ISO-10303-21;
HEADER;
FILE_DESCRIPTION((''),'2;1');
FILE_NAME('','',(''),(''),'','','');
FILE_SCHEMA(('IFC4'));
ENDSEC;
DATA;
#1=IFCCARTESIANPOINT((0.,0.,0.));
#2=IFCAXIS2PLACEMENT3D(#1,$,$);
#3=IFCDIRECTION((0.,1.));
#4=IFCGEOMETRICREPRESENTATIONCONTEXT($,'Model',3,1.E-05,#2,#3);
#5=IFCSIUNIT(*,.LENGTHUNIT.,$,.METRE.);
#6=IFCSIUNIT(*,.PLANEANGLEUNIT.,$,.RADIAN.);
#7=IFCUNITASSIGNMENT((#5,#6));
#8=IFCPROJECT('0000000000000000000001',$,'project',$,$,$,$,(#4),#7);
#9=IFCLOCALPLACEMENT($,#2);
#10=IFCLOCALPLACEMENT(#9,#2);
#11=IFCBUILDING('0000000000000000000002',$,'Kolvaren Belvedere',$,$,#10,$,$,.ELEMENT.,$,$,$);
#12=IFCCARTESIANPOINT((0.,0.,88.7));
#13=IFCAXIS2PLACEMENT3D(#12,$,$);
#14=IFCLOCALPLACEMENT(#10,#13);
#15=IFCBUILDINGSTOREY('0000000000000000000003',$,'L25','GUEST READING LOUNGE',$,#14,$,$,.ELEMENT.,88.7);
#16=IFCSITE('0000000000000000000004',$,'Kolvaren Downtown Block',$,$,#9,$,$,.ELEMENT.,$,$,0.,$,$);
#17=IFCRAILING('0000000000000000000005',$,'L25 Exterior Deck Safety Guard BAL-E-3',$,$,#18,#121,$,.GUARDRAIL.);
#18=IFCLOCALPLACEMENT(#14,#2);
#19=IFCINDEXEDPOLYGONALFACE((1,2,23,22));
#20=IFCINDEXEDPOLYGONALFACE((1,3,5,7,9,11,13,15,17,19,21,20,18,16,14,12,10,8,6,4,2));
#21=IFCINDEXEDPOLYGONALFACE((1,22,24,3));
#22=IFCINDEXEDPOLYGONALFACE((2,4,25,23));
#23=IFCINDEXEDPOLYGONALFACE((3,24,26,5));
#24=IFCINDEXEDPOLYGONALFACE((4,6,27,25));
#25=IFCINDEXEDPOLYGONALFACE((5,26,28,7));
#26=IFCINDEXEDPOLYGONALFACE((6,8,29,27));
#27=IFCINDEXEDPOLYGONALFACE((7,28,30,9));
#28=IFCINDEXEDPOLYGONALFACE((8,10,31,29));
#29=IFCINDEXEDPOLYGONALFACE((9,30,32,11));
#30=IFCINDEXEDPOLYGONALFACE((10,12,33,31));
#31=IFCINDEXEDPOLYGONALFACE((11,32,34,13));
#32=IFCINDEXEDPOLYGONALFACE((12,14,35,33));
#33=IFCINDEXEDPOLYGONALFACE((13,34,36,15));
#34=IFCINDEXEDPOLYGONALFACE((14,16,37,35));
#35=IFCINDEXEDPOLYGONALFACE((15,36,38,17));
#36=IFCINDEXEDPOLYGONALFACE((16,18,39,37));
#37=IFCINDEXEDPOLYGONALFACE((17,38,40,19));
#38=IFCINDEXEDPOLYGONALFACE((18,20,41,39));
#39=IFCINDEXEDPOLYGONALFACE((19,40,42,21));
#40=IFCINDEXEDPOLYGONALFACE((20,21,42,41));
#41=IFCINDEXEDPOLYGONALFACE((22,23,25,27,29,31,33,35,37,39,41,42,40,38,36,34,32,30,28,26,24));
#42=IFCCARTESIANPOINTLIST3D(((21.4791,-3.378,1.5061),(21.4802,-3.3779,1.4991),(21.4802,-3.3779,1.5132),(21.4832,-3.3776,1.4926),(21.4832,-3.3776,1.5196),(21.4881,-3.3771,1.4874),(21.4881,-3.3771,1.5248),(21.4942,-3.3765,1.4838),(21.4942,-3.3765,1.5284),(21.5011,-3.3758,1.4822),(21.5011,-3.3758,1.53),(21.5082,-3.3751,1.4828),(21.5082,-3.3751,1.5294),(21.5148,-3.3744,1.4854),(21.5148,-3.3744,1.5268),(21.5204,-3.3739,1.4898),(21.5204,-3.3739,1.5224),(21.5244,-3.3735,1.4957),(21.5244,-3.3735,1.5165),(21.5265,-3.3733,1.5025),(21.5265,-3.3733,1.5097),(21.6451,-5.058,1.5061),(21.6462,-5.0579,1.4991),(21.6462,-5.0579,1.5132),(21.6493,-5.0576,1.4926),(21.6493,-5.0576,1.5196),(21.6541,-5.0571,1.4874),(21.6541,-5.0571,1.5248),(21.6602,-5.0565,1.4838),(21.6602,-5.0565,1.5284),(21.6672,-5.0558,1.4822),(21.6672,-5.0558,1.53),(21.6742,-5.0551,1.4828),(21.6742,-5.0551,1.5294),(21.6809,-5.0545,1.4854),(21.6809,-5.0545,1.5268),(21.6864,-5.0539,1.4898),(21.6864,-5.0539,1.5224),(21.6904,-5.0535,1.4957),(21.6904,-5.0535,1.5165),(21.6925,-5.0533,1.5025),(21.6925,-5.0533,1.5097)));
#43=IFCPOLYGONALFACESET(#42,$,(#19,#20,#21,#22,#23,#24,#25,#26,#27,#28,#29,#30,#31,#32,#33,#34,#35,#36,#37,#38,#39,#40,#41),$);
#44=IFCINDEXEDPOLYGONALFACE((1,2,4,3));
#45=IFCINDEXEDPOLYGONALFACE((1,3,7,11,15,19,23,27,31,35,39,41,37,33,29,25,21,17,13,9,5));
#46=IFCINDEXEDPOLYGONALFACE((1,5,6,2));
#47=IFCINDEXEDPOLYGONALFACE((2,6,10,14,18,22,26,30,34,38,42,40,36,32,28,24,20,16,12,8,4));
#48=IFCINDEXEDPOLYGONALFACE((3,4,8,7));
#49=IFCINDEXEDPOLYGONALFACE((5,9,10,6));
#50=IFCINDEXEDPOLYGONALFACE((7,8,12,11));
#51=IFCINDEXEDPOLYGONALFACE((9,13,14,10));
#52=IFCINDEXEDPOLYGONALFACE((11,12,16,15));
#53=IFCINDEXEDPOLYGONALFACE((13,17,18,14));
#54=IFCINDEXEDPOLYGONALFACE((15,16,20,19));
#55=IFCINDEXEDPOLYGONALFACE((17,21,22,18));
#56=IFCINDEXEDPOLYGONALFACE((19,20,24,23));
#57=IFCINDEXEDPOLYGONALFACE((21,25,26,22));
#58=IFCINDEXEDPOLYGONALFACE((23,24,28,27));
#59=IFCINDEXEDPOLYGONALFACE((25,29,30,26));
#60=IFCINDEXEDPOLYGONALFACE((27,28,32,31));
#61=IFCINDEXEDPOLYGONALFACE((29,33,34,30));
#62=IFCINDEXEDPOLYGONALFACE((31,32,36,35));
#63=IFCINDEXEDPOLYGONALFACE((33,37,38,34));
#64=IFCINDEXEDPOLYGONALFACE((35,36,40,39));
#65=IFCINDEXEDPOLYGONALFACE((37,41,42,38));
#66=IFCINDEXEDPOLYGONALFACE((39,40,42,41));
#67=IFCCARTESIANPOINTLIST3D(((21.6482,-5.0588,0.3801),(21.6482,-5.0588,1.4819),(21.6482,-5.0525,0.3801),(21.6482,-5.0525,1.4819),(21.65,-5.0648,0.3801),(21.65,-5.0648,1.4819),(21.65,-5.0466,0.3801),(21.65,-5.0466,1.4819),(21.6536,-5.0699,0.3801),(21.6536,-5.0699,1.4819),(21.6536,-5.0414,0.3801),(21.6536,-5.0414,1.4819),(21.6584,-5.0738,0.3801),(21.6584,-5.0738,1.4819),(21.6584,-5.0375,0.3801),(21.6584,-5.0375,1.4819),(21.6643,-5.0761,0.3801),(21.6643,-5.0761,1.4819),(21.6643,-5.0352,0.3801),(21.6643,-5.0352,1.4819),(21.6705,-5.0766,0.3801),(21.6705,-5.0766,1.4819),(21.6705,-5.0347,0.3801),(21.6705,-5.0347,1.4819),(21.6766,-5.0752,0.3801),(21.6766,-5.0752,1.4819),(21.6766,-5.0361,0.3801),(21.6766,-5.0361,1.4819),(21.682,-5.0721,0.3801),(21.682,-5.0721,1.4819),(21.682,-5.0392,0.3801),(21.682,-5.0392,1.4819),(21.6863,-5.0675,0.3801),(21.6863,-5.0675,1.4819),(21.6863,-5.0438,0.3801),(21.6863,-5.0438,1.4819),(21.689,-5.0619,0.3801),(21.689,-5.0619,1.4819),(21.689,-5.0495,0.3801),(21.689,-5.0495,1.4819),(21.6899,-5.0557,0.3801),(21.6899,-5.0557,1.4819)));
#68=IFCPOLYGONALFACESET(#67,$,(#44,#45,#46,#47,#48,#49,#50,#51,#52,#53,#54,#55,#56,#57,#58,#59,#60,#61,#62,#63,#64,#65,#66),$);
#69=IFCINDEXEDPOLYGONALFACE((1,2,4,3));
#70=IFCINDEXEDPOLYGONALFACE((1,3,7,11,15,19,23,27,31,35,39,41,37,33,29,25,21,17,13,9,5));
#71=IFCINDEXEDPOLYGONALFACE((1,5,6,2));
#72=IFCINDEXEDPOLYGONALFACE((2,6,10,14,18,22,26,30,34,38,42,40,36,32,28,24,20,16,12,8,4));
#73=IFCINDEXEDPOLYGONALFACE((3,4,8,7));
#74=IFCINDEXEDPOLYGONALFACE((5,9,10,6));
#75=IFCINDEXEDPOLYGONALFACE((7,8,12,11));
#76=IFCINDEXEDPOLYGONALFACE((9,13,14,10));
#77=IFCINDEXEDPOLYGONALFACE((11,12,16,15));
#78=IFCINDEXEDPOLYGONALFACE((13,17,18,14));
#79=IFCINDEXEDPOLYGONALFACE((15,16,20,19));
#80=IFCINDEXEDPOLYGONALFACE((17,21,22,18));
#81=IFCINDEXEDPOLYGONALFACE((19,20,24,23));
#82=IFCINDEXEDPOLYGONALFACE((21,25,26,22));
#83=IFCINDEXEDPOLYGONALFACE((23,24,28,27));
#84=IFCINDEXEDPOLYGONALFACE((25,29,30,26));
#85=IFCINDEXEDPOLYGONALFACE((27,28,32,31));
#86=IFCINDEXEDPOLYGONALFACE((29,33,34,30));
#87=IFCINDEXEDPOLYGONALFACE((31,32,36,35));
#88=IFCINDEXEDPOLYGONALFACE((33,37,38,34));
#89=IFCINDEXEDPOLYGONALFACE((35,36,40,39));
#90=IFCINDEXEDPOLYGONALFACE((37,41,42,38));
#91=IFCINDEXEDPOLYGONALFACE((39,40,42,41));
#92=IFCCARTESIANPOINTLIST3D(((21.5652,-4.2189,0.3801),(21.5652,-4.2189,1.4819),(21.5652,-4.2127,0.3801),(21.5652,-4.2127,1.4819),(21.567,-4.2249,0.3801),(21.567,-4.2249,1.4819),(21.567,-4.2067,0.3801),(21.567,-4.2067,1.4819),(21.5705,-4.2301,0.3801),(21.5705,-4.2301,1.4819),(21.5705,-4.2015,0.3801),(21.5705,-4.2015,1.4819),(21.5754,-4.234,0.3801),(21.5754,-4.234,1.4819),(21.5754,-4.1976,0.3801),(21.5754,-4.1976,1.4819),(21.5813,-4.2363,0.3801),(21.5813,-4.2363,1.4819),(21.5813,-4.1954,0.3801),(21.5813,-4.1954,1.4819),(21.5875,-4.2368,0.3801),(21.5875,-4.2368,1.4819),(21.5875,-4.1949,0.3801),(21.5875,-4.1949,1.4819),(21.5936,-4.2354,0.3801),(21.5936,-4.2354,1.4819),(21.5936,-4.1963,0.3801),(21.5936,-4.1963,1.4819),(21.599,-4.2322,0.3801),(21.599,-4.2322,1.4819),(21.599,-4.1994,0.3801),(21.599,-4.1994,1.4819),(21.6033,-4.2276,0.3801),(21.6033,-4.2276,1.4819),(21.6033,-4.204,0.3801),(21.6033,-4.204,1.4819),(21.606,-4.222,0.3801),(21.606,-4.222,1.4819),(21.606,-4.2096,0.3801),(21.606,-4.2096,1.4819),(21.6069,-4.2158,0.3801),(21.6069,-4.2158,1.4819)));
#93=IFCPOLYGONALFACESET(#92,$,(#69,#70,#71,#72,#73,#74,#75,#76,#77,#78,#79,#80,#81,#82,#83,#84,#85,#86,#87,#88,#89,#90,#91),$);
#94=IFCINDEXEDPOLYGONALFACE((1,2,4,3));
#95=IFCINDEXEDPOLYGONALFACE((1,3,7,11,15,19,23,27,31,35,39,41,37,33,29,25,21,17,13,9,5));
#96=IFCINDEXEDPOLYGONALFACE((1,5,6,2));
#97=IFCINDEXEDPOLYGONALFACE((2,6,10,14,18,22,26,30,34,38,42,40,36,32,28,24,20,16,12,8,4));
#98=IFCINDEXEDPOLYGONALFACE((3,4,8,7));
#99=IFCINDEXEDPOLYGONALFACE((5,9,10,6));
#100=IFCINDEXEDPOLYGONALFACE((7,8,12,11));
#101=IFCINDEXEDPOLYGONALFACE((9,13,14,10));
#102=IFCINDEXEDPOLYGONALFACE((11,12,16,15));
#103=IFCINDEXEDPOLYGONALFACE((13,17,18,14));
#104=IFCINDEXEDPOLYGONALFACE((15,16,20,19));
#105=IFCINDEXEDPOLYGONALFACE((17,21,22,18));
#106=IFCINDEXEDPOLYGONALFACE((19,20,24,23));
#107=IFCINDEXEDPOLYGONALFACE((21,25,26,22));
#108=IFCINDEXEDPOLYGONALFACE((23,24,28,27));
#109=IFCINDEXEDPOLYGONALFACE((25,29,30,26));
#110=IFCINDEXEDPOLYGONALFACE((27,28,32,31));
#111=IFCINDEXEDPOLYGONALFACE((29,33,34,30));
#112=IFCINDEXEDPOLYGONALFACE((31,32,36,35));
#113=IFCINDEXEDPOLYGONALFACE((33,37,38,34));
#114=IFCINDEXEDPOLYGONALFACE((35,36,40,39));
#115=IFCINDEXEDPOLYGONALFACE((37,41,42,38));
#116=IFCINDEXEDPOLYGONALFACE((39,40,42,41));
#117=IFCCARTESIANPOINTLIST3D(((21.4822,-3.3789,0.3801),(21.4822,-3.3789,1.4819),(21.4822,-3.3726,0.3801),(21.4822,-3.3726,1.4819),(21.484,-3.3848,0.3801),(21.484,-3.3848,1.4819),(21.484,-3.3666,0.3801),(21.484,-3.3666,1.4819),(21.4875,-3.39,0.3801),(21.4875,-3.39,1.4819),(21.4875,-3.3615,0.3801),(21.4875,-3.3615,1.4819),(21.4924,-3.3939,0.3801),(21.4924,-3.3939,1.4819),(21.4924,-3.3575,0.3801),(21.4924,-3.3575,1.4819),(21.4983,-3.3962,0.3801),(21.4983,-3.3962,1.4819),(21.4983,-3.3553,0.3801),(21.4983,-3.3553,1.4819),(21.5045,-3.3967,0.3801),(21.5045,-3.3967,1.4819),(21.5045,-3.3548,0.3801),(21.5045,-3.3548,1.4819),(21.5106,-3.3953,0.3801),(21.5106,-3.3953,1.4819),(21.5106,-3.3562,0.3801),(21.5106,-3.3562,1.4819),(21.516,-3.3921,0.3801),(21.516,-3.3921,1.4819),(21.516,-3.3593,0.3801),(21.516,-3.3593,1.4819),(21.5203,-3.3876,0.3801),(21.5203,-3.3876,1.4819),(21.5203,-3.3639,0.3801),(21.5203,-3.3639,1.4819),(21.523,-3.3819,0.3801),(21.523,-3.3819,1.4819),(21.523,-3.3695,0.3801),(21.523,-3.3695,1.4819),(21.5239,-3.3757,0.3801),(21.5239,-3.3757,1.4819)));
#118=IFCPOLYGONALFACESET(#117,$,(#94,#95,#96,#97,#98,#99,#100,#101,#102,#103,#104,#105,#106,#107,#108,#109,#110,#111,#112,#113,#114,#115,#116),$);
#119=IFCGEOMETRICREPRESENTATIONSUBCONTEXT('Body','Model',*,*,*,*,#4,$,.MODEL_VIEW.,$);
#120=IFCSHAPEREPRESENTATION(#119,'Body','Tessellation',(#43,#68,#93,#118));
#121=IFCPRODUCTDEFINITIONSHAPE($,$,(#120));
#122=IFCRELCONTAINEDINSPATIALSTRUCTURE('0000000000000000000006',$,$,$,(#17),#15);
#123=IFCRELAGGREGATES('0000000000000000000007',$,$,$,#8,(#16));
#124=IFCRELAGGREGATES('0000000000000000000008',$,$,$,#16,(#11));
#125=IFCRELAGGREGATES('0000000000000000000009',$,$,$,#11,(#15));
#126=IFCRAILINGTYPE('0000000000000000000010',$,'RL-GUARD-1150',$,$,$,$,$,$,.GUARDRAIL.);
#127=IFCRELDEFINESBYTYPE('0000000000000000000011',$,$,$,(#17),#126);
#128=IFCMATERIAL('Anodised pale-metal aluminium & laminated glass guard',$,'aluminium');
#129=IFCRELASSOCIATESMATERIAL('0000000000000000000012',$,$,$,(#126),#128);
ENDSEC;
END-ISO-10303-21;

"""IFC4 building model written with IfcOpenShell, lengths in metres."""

from ifc_helpers import new_model, si_unit, direction, frame, origin, origin_2d, place, context, subcontext, project, spatial, circle, extrude, material, type_object, element, save


model = new_model("IFC4")

# Units and contexts
model_context = context("Model", 3, precision=1e-05, world=origin(), true_north=direction((0.0, 1.0)))
body_context = subcontext(model_context, "Body", "Model", "MODEL_VIEW")
ifc_project = project(units=[si_unit("LENGTHUNIT", "METRE"), si_unit("PLANEANGLEUNIT", "RADIAN")], contexts=[model_context])

# Site, building, storey
site_placement = place(None, origin())
site = spatial("IfcSite", under=ifc_project, at=site_placement, Name="Kolvaren Downtown Block", CompositionType="ELEMENT", RefElevation=0.0)
building_placement = place(site_placement, origin())
building = spatial("IfcBuilding", under=site, at=building_placement, Name="Kolvaren Belvedere", CompositionType="ELEMENT")
storey_placement = place(building_placement, frame((0.0, 0.0, 88.7)))
storey = spatial("IfcBuildingStorey", under=building, at=storey_placement, Name="L25", Description="GUEST READING LOUNGE", CompositionType="ELEMENT", Elevation=88.7)

# Railing
ifc_material_1 = material(Name="Anodised pale-metal aluminium & laminated glass guard", Category="aluminium")
railing_type = type_object("IfcRailingType", Name="RL-GUARD-1150", PredefinedType="GUARDRAIL", material=ifc_material_1)
railing_1_placement = place(storey_placement, frame((21.6689, -5.0557, 0.3801)))
element("IfcRailing", 1, at=railing_1_placement, inside=storey, type_object=railing_type, Name="L25 Exterior Deck Safety Guard BAL-E-3", PredefinedType="GUARDRAIL", context=body_context, shape_type="SweptSolid", body=[
    extrude(circle(Radius=0.0239, at=origin_2d()), frame((0.0, 0.0, 1.126), z_axis=(-0.098344, 0.995152, 0.0), x_axis=(-0.995152, -0.098344, 0.0)), (0.0, 0.0, 1.0), 1.6882),
    extrude(circle(Radius=0.021, at=origin_2d()), origin(), (0.0, 0.0, 1.0), 1.1018),
    extrude(circle(Radius=0.021, at=origin_2d()), frame((-0.083, 0.8398, 0.0)), (0.0, 0.0, 1.0), 1.1018),
    extrude(circle(Radius=0.021, at=origin_2d()), frame((-0.166, 1.6799, 0.0)), (0.0, 0.0, 1.0), 1.1018),
])

save(model, "model.ifc")
